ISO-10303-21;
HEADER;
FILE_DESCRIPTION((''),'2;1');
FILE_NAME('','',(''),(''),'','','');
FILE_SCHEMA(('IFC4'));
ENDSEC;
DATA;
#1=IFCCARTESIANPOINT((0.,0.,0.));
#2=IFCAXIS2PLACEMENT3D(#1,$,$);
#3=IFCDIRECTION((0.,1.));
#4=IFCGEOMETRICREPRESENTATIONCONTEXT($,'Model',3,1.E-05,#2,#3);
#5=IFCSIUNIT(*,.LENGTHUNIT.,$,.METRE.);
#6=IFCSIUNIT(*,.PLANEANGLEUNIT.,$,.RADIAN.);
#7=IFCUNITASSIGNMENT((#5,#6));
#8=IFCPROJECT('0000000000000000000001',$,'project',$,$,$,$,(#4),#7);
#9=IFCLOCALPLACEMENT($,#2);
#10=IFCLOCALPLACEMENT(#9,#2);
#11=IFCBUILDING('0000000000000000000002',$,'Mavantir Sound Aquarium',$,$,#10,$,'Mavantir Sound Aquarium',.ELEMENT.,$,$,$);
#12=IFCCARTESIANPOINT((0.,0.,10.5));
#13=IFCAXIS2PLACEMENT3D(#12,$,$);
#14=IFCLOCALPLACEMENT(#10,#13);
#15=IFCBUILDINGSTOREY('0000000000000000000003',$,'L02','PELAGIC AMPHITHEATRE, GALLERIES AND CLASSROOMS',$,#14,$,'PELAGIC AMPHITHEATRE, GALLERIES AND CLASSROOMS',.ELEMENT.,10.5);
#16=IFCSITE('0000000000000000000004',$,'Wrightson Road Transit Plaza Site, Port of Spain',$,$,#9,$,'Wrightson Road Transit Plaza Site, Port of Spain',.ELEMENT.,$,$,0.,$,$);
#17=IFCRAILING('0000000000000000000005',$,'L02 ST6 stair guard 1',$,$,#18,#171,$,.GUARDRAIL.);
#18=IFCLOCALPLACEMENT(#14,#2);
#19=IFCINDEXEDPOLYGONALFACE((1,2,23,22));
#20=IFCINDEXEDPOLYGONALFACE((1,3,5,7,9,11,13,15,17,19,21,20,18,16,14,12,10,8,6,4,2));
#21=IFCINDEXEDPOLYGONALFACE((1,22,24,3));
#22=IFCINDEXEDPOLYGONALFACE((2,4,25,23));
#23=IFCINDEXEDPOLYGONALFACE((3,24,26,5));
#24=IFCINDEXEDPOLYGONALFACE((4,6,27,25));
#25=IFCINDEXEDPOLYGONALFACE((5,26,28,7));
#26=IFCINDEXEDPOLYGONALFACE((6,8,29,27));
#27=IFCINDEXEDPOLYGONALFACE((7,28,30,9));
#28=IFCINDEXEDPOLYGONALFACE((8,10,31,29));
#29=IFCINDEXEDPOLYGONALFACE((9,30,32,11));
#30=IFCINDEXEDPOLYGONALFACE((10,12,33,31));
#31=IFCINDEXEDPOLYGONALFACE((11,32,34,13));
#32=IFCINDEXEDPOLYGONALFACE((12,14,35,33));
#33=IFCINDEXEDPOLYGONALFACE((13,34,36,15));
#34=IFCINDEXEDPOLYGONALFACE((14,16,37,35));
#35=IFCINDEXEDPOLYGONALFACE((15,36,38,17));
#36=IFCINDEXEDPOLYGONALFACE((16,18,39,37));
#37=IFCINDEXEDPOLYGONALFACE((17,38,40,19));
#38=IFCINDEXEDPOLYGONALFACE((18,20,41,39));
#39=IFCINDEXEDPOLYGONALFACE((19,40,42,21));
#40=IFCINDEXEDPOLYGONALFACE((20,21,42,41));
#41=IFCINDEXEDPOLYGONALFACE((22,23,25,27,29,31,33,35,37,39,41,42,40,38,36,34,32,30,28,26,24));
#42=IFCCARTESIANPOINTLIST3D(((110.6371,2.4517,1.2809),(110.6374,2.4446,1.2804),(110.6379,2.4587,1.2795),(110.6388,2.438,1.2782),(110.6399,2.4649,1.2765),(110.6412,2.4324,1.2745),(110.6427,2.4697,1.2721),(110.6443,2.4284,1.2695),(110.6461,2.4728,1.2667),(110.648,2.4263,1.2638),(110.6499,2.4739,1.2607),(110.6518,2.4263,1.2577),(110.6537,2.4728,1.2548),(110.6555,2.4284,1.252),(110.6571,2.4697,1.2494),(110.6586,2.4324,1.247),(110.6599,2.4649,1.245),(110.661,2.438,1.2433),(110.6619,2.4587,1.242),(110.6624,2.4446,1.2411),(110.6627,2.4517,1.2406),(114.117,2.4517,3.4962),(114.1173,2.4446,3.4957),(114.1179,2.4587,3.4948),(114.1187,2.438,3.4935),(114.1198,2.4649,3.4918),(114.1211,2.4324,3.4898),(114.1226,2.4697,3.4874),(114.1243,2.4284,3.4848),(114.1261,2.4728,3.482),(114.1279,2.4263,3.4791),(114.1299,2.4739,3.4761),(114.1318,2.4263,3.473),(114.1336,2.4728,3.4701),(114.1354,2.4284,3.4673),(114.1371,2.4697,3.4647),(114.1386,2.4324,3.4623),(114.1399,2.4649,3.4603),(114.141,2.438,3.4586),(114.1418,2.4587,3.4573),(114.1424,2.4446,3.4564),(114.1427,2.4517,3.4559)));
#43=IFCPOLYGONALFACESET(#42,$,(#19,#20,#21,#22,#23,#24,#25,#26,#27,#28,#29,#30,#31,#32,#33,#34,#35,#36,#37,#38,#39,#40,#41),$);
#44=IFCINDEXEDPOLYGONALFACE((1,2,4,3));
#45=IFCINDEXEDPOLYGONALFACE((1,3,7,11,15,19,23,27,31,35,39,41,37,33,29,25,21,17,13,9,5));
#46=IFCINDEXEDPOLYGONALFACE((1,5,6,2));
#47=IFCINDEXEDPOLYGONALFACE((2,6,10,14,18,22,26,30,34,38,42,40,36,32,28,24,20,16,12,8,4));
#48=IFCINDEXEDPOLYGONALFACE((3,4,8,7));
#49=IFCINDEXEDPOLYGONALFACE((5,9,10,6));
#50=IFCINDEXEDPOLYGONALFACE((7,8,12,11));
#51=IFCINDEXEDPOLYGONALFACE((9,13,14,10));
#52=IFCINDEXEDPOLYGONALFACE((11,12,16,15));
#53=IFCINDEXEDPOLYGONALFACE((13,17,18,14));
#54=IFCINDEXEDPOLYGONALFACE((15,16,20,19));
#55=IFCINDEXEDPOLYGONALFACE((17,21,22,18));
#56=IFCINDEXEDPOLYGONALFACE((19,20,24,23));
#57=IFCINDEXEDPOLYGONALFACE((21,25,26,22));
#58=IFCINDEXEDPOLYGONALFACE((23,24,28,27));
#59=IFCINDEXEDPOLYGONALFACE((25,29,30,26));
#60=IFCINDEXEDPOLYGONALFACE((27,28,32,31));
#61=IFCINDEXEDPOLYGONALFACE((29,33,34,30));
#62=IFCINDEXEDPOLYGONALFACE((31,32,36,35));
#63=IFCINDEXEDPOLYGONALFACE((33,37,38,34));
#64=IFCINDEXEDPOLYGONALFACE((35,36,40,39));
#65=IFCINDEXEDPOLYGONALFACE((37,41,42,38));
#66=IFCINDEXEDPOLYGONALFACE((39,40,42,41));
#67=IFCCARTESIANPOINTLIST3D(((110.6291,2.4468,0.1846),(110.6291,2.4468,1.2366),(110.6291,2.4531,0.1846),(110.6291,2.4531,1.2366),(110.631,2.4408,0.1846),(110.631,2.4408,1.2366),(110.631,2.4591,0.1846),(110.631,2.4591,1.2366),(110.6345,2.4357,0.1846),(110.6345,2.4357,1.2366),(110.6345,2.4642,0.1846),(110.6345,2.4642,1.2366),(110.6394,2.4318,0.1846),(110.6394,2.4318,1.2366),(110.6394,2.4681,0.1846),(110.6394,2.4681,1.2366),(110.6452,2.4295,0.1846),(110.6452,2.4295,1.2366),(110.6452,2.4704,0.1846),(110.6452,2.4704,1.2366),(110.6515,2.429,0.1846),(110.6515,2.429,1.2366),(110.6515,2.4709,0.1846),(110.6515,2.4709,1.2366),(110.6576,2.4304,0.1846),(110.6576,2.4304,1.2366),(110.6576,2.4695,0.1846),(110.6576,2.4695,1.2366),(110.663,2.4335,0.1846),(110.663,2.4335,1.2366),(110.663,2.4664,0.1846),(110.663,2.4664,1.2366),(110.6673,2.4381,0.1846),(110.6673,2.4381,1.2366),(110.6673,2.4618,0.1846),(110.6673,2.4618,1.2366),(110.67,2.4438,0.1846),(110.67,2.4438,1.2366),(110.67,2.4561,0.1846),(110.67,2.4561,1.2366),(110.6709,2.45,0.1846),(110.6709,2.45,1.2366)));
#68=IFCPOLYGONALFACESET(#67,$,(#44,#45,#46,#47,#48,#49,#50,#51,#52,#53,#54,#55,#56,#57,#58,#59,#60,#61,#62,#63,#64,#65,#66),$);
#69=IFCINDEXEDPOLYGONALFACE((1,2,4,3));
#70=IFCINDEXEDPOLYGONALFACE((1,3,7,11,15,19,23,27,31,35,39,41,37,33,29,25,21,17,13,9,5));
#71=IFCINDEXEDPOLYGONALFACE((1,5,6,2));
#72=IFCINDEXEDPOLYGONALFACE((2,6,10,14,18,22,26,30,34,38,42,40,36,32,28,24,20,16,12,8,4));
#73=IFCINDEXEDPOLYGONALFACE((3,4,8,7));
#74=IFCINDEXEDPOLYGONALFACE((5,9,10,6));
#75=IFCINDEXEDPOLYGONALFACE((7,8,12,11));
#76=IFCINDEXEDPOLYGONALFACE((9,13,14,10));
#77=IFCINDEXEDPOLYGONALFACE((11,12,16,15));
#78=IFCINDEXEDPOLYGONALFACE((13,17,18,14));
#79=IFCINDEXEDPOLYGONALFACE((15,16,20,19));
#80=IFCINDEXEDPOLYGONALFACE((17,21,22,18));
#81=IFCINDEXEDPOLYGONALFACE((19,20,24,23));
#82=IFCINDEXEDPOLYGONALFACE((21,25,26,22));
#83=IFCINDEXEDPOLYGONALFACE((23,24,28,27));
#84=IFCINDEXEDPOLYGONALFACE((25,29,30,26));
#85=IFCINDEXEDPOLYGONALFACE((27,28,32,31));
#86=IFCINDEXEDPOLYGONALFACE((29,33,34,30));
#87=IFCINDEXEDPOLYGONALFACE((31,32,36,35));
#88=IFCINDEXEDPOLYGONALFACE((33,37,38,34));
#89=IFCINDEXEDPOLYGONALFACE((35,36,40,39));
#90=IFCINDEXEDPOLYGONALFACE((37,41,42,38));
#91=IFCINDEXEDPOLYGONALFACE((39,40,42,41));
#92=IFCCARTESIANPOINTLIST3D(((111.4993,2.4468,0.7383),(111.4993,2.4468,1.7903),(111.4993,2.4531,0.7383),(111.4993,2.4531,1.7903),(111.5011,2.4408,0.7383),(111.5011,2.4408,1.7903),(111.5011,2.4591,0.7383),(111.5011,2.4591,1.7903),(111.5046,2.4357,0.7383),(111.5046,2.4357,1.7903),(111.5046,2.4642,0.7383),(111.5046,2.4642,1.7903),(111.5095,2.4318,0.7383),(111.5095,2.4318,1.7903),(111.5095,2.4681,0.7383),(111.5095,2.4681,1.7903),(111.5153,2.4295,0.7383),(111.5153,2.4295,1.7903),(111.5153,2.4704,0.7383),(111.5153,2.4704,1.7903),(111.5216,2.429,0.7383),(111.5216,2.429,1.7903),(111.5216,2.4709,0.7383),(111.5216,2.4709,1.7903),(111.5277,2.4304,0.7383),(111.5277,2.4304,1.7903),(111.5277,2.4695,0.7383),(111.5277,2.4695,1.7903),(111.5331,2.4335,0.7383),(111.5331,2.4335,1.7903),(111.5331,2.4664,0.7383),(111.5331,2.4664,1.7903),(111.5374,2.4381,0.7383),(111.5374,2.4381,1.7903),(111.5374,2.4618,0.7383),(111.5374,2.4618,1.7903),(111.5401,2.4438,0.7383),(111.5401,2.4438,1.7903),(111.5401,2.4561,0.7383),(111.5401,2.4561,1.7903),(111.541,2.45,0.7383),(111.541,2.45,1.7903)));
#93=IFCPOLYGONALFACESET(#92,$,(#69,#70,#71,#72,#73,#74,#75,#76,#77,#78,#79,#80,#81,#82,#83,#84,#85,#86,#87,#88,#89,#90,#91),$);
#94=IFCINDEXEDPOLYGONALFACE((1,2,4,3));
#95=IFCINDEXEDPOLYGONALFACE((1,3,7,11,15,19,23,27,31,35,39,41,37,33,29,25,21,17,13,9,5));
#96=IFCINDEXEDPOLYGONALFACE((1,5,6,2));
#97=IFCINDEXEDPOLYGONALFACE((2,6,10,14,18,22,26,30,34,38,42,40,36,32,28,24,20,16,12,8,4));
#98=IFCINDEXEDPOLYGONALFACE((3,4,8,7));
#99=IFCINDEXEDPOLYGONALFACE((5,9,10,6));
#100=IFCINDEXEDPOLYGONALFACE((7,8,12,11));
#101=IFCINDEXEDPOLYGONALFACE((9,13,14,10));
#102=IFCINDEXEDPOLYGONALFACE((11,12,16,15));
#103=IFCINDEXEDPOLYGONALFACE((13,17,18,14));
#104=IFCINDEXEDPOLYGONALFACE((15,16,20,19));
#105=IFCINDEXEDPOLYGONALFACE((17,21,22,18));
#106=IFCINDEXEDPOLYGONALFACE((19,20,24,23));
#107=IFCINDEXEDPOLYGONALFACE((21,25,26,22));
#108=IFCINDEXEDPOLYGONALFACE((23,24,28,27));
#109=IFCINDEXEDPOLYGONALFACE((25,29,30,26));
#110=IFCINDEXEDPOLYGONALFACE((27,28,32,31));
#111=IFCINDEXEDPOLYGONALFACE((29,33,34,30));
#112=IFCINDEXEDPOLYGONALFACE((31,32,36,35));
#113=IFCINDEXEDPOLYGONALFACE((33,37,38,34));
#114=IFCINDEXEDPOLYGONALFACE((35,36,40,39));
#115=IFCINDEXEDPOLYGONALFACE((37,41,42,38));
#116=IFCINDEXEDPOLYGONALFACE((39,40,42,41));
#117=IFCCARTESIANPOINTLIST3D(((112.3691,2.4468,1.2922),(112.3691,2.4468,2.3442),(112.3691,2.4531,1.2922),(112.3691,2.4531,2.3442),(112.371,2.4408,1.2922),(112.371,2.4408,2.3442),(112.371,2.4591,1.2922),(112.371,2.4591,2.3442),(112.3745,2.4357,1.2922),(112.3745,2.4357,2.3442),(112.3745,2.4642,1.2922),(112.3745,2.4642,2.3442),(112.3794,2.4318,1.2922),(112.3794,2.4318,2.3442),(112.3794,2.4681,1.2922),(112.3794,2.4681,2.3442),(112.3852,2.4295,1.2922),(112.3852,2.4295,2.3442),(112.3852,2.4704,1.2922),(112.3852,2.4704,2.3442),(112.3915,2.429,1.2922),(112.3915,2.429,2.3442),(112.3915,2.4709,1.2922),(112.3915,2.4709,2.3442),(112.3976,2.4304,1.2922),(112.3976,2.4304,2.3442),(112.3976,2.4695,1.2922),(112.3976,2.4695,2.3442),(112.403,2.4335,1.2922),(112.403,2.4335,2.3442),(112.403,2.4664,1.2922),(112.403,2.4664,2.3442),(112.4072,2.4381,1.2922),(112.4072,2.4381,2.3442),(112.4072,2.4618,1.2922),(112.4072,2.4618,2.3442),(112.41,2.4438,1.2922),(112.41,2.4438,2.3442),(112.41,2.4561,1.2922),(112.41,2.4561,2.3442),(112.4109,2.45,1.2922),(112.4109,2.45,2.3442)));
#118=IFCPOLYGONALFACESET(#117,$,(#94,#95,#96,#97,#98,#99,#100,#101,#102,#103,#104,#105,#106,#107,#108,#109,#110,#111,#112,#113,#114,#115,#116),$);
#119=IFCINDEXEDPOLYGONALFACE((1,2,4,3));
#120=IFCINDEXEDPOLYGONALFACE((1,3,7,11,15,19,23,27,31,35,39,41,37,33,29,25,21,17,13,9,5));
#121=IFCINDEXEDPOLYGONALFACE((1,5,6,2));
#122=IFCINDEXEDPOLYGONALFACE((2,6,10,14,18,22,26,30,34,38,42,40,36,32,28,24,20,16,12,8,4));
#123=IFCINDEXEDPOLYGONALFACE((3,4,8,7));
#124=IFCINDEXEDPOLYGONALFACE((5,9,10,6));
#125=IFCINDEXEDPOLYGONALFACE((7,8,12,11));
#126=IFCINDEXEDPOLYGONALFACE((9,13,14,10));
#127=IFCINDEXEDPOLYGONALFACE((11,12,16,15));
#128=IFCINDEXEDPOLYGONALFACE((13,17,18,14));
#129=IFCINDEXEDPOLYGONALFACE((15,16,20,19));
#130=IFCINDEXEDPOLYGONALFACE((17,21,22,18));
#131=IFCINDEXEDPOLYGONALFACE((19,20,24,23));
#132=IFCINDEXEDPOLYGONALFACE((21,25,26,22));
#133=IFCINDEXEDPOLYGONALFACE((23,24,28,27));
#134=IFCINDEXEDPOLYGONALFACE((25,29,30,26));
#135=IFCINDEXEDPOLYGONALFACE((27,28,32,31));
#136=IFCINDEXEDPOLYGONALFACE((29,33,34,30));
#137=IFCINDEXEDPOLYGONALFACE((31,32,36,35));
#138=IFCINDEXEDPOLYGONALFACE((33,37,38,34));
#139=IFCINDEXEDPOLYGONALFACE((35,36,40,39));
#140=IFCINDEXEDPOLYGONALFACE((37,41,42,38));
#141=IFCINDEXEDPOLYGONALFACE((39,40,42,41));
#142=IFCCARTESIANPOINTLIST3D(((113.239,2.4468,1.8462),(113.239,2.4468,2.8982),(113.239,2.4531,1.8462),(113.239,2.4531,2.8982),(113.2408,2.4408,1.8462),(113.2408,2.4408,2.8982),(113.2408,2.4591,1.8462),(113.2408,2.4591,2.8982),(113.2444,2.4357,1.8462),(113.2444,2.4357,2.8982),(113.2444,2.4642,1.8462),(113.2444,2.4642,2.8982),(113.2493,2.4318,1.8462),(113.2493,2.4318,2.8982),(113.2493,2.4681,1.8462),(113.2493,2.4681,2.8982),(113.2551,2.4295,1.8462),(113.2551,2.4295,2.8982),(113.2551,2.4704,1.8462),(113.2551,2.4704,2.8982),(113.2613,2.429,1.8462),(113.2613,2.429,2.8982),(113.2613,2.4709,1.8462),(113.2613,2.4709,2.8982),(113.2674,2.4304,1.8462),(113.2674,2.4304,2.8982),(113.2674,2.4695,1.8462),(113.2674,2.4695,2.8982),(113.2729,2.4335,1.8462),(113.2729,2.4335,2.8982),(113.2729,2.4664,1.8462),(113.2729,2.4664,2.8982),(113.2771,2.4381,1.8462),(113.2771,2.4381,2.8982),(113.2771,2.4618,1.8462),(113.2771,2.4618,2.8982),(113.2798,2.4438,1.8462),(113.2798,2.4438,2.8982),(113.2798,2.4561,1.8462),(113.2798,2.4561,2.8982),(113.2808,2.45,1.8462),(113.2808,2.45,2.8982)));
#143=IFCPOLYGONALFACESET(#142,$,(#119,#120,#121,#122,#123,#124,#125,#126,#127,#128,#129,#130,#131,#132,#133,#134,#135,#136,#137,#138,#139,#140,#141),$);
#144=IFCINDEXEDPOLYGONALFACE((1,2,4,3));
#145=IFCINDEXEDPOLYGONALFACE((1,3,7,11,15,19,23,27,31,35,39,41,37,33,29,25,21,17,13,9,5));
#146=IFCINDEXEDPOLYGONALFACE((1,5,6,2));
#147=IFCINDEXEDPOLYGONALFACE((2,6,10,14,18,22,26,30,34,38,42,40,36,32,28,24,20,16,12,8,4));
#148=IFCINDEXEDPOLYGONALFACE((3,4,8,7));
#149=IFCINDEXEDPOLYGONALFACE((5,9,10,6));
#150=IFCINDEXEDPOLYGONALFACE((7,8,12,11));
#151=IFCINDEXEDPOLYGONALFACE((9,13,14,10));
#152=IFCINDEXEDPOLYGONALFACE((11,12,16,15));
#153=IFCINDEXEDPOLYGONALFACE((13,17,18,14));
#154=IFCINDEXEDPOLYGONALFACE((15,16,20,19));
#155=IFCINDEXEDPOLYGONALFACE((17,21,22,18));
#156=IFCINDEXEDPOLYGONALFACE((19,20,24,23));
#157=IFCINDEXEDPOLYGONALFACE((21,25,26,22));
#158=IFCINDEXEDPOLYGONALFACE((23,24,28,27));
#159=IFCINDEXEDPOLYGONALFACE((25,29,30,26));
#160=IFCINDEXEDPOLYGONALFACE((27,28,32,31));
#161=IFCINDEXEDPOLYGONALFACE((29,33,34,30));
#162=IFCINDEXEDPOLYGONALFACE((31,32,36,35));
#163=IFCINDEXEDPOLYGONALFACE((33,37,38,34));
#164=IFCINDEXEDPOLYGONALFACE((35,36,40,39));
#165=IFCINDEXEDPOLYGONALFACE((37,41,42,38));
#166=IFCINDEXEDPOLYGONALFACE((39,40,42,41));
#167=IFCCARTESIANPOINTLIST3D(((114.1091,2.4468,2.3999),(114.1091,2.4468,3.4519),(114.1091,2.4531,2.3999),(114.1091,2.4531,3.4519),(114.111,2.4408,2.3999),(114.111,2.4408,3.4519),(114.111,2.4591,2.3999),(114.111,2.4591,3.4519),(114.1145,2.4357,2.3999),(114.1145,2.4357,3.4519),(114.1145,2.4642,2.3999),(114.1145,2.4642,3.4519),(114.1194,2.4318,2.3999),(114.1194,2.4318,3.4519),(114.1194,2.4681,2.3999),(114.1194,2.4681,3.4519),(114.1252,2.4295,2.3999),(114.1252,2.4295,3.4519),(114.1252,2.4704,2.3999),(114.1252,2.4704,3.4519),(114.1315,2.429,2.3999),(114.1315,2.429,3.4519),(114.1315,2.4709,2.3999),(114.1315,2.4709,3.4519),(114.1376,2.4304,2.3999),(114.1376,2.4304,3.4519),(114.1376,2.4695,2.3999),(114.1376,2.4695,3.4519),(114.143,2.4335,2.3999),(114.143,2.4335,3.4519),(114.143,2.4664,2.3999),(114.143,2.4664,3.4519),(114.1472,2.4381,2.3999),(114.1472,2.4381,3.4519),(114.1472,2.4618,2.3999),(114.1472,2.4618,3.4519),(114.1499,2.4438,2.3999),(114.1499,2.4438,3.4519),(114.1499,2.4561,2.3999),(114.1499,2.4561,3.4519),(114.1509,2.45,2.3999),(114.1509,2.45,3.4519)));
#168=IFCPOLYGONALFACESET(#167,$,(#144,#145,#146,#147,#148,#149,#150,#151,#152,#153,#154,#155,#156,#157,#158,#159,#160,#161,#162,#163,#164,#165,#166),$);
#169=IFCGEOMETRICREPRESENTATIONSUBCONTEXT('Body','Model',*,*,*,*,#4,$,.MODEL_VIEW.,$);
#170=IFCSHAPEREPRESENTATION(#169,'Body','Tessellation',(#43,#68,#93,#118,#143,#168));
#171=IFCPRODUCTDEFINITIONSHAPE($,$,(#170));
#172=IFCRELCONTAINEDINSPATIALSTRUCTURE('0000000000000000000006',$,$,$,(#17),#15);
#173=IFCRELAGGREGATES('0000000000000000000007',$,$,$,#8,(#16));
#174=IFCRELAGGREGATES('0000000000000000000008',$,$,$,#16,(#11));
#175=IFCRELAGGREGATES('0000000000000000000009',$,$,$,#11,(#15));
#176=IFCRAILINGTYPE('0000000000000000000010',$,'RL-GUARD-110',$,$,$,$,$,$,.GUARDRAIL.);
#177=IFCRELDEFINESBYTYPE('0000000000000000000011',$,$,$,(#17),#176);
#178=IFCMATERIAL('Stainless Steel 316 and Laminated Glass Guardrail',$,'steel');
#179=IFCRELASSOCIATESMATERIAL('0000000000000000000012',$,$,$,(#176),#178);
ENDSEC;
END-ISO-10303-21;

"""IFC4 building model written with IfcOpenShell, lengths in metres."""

from ifc_helpers import new_model, si_unit, direction, frame, origin, origin_2d, place, context, subcontext, project, spatial, circle, extrude, material, type_object, element, save


model = new_model("IFC4")

# Units and contexts
model_context = context("Model", 3, precision=1e-05, world=origin(), true_north=direction((0.0, 1.0)))
body_context = subcontext(model_context, "Body", "Model", "MODEL_VIEW")
ifc_project = project(units=[si_unit("LENGTHUNIT", "METRE"), si_unit("PLANEANGLEUNIT", "RADIAN")], contexts=[model_context])

# Site, building, storey
site_placement = place(None, origin())
site = spatial("IfcSite", under=ifc_project, at=site_placement, Name="Wrightson Road Transit Plaza Site, Port of Spain", LongName="Wrightson Road Transit Plaza Site, Port of Spain", CompositionType="ELEMENT", RefElevation=0.0)
building_placement = place(site_placement, origin())
building = spatial("IfcBuilding", under=site, at=building_placement, Name="Mavantir Sound Aquarium", LongName="Mavantir Sound Aquarium", CompositionType="ELEMENT")
storey_placement = place(building_placement, frame((0.0, 0.0, 10.5)))
storey = spatial("IfcBuildingStorey", under=building, at=storey_placement, Name="L02", Description="PELAGIC AMPHITHEATRE, GALLERIES AND CLASSROOMS", LongName="PELAGIC AMPHITHEATRE, GALLERIES AND CLASSROOMS", CompositionType="ELEMENT", Elevation=10.5)

# Railing
ifc_material_1 = material(Name="Stainless Steel 316 and Laminated Glass Guardrail", Category="steel")
railing_type_1 = type_object("IfcRailingType", Name="RL-GUARD-110", PredefinedType="GUARDRAIL", material=ifc_material_1)
railing_1_placement = place(storey_placement, frame((110.6499, 2.45, 0.1846)))
element("IfcRailing", 1, at=railing_1_placement, inside=storey, type_object=railing_type_1, Name="L02 ST6 stair guard 1", PredefinedType="GUARDRAIL", context=body_context, shape_type="SweptSolid", body=[
    extrude(circle(Radius=0.0239, at=origin_2d()), frame((0.0, 0.0, 1.0762), z_axis=(0.843574, 0.0, 0.537013), x_axis=(0.0, 1.0, 0.0)), (0.0, 0.0, 1.0), 4.1252),
    extrude(circle(Radius=0.021, at=origin_2d()), origin(), (0.0, 0.0, 1.0), 1.052),
    extrude(circle(Radius=0.021, at=origin_2d()), frame((0.8701, 0.0, 0.5537)), (0.0, 0.0, 1.0), 1.052),
    extrude(circle(Radius=0.021, at=origin_2d()), frame((1.74, 0.0, 1.1077)), (0.0, 0.0, 1.0), 1.052),
    extrude(circle(Radius=0.021, at=origin_2d()), frame((2.6099, 0.0, 1.6616)), (0.0, 0.0, 1.0), 1.052),
    extrude(circle(Radius=0.021, at=origin_2d()), frame((3.48, 0.0, 2.2153)), (0.0, 0.0, 1.0), 1.052),
])

save(model, "model.ifc")
